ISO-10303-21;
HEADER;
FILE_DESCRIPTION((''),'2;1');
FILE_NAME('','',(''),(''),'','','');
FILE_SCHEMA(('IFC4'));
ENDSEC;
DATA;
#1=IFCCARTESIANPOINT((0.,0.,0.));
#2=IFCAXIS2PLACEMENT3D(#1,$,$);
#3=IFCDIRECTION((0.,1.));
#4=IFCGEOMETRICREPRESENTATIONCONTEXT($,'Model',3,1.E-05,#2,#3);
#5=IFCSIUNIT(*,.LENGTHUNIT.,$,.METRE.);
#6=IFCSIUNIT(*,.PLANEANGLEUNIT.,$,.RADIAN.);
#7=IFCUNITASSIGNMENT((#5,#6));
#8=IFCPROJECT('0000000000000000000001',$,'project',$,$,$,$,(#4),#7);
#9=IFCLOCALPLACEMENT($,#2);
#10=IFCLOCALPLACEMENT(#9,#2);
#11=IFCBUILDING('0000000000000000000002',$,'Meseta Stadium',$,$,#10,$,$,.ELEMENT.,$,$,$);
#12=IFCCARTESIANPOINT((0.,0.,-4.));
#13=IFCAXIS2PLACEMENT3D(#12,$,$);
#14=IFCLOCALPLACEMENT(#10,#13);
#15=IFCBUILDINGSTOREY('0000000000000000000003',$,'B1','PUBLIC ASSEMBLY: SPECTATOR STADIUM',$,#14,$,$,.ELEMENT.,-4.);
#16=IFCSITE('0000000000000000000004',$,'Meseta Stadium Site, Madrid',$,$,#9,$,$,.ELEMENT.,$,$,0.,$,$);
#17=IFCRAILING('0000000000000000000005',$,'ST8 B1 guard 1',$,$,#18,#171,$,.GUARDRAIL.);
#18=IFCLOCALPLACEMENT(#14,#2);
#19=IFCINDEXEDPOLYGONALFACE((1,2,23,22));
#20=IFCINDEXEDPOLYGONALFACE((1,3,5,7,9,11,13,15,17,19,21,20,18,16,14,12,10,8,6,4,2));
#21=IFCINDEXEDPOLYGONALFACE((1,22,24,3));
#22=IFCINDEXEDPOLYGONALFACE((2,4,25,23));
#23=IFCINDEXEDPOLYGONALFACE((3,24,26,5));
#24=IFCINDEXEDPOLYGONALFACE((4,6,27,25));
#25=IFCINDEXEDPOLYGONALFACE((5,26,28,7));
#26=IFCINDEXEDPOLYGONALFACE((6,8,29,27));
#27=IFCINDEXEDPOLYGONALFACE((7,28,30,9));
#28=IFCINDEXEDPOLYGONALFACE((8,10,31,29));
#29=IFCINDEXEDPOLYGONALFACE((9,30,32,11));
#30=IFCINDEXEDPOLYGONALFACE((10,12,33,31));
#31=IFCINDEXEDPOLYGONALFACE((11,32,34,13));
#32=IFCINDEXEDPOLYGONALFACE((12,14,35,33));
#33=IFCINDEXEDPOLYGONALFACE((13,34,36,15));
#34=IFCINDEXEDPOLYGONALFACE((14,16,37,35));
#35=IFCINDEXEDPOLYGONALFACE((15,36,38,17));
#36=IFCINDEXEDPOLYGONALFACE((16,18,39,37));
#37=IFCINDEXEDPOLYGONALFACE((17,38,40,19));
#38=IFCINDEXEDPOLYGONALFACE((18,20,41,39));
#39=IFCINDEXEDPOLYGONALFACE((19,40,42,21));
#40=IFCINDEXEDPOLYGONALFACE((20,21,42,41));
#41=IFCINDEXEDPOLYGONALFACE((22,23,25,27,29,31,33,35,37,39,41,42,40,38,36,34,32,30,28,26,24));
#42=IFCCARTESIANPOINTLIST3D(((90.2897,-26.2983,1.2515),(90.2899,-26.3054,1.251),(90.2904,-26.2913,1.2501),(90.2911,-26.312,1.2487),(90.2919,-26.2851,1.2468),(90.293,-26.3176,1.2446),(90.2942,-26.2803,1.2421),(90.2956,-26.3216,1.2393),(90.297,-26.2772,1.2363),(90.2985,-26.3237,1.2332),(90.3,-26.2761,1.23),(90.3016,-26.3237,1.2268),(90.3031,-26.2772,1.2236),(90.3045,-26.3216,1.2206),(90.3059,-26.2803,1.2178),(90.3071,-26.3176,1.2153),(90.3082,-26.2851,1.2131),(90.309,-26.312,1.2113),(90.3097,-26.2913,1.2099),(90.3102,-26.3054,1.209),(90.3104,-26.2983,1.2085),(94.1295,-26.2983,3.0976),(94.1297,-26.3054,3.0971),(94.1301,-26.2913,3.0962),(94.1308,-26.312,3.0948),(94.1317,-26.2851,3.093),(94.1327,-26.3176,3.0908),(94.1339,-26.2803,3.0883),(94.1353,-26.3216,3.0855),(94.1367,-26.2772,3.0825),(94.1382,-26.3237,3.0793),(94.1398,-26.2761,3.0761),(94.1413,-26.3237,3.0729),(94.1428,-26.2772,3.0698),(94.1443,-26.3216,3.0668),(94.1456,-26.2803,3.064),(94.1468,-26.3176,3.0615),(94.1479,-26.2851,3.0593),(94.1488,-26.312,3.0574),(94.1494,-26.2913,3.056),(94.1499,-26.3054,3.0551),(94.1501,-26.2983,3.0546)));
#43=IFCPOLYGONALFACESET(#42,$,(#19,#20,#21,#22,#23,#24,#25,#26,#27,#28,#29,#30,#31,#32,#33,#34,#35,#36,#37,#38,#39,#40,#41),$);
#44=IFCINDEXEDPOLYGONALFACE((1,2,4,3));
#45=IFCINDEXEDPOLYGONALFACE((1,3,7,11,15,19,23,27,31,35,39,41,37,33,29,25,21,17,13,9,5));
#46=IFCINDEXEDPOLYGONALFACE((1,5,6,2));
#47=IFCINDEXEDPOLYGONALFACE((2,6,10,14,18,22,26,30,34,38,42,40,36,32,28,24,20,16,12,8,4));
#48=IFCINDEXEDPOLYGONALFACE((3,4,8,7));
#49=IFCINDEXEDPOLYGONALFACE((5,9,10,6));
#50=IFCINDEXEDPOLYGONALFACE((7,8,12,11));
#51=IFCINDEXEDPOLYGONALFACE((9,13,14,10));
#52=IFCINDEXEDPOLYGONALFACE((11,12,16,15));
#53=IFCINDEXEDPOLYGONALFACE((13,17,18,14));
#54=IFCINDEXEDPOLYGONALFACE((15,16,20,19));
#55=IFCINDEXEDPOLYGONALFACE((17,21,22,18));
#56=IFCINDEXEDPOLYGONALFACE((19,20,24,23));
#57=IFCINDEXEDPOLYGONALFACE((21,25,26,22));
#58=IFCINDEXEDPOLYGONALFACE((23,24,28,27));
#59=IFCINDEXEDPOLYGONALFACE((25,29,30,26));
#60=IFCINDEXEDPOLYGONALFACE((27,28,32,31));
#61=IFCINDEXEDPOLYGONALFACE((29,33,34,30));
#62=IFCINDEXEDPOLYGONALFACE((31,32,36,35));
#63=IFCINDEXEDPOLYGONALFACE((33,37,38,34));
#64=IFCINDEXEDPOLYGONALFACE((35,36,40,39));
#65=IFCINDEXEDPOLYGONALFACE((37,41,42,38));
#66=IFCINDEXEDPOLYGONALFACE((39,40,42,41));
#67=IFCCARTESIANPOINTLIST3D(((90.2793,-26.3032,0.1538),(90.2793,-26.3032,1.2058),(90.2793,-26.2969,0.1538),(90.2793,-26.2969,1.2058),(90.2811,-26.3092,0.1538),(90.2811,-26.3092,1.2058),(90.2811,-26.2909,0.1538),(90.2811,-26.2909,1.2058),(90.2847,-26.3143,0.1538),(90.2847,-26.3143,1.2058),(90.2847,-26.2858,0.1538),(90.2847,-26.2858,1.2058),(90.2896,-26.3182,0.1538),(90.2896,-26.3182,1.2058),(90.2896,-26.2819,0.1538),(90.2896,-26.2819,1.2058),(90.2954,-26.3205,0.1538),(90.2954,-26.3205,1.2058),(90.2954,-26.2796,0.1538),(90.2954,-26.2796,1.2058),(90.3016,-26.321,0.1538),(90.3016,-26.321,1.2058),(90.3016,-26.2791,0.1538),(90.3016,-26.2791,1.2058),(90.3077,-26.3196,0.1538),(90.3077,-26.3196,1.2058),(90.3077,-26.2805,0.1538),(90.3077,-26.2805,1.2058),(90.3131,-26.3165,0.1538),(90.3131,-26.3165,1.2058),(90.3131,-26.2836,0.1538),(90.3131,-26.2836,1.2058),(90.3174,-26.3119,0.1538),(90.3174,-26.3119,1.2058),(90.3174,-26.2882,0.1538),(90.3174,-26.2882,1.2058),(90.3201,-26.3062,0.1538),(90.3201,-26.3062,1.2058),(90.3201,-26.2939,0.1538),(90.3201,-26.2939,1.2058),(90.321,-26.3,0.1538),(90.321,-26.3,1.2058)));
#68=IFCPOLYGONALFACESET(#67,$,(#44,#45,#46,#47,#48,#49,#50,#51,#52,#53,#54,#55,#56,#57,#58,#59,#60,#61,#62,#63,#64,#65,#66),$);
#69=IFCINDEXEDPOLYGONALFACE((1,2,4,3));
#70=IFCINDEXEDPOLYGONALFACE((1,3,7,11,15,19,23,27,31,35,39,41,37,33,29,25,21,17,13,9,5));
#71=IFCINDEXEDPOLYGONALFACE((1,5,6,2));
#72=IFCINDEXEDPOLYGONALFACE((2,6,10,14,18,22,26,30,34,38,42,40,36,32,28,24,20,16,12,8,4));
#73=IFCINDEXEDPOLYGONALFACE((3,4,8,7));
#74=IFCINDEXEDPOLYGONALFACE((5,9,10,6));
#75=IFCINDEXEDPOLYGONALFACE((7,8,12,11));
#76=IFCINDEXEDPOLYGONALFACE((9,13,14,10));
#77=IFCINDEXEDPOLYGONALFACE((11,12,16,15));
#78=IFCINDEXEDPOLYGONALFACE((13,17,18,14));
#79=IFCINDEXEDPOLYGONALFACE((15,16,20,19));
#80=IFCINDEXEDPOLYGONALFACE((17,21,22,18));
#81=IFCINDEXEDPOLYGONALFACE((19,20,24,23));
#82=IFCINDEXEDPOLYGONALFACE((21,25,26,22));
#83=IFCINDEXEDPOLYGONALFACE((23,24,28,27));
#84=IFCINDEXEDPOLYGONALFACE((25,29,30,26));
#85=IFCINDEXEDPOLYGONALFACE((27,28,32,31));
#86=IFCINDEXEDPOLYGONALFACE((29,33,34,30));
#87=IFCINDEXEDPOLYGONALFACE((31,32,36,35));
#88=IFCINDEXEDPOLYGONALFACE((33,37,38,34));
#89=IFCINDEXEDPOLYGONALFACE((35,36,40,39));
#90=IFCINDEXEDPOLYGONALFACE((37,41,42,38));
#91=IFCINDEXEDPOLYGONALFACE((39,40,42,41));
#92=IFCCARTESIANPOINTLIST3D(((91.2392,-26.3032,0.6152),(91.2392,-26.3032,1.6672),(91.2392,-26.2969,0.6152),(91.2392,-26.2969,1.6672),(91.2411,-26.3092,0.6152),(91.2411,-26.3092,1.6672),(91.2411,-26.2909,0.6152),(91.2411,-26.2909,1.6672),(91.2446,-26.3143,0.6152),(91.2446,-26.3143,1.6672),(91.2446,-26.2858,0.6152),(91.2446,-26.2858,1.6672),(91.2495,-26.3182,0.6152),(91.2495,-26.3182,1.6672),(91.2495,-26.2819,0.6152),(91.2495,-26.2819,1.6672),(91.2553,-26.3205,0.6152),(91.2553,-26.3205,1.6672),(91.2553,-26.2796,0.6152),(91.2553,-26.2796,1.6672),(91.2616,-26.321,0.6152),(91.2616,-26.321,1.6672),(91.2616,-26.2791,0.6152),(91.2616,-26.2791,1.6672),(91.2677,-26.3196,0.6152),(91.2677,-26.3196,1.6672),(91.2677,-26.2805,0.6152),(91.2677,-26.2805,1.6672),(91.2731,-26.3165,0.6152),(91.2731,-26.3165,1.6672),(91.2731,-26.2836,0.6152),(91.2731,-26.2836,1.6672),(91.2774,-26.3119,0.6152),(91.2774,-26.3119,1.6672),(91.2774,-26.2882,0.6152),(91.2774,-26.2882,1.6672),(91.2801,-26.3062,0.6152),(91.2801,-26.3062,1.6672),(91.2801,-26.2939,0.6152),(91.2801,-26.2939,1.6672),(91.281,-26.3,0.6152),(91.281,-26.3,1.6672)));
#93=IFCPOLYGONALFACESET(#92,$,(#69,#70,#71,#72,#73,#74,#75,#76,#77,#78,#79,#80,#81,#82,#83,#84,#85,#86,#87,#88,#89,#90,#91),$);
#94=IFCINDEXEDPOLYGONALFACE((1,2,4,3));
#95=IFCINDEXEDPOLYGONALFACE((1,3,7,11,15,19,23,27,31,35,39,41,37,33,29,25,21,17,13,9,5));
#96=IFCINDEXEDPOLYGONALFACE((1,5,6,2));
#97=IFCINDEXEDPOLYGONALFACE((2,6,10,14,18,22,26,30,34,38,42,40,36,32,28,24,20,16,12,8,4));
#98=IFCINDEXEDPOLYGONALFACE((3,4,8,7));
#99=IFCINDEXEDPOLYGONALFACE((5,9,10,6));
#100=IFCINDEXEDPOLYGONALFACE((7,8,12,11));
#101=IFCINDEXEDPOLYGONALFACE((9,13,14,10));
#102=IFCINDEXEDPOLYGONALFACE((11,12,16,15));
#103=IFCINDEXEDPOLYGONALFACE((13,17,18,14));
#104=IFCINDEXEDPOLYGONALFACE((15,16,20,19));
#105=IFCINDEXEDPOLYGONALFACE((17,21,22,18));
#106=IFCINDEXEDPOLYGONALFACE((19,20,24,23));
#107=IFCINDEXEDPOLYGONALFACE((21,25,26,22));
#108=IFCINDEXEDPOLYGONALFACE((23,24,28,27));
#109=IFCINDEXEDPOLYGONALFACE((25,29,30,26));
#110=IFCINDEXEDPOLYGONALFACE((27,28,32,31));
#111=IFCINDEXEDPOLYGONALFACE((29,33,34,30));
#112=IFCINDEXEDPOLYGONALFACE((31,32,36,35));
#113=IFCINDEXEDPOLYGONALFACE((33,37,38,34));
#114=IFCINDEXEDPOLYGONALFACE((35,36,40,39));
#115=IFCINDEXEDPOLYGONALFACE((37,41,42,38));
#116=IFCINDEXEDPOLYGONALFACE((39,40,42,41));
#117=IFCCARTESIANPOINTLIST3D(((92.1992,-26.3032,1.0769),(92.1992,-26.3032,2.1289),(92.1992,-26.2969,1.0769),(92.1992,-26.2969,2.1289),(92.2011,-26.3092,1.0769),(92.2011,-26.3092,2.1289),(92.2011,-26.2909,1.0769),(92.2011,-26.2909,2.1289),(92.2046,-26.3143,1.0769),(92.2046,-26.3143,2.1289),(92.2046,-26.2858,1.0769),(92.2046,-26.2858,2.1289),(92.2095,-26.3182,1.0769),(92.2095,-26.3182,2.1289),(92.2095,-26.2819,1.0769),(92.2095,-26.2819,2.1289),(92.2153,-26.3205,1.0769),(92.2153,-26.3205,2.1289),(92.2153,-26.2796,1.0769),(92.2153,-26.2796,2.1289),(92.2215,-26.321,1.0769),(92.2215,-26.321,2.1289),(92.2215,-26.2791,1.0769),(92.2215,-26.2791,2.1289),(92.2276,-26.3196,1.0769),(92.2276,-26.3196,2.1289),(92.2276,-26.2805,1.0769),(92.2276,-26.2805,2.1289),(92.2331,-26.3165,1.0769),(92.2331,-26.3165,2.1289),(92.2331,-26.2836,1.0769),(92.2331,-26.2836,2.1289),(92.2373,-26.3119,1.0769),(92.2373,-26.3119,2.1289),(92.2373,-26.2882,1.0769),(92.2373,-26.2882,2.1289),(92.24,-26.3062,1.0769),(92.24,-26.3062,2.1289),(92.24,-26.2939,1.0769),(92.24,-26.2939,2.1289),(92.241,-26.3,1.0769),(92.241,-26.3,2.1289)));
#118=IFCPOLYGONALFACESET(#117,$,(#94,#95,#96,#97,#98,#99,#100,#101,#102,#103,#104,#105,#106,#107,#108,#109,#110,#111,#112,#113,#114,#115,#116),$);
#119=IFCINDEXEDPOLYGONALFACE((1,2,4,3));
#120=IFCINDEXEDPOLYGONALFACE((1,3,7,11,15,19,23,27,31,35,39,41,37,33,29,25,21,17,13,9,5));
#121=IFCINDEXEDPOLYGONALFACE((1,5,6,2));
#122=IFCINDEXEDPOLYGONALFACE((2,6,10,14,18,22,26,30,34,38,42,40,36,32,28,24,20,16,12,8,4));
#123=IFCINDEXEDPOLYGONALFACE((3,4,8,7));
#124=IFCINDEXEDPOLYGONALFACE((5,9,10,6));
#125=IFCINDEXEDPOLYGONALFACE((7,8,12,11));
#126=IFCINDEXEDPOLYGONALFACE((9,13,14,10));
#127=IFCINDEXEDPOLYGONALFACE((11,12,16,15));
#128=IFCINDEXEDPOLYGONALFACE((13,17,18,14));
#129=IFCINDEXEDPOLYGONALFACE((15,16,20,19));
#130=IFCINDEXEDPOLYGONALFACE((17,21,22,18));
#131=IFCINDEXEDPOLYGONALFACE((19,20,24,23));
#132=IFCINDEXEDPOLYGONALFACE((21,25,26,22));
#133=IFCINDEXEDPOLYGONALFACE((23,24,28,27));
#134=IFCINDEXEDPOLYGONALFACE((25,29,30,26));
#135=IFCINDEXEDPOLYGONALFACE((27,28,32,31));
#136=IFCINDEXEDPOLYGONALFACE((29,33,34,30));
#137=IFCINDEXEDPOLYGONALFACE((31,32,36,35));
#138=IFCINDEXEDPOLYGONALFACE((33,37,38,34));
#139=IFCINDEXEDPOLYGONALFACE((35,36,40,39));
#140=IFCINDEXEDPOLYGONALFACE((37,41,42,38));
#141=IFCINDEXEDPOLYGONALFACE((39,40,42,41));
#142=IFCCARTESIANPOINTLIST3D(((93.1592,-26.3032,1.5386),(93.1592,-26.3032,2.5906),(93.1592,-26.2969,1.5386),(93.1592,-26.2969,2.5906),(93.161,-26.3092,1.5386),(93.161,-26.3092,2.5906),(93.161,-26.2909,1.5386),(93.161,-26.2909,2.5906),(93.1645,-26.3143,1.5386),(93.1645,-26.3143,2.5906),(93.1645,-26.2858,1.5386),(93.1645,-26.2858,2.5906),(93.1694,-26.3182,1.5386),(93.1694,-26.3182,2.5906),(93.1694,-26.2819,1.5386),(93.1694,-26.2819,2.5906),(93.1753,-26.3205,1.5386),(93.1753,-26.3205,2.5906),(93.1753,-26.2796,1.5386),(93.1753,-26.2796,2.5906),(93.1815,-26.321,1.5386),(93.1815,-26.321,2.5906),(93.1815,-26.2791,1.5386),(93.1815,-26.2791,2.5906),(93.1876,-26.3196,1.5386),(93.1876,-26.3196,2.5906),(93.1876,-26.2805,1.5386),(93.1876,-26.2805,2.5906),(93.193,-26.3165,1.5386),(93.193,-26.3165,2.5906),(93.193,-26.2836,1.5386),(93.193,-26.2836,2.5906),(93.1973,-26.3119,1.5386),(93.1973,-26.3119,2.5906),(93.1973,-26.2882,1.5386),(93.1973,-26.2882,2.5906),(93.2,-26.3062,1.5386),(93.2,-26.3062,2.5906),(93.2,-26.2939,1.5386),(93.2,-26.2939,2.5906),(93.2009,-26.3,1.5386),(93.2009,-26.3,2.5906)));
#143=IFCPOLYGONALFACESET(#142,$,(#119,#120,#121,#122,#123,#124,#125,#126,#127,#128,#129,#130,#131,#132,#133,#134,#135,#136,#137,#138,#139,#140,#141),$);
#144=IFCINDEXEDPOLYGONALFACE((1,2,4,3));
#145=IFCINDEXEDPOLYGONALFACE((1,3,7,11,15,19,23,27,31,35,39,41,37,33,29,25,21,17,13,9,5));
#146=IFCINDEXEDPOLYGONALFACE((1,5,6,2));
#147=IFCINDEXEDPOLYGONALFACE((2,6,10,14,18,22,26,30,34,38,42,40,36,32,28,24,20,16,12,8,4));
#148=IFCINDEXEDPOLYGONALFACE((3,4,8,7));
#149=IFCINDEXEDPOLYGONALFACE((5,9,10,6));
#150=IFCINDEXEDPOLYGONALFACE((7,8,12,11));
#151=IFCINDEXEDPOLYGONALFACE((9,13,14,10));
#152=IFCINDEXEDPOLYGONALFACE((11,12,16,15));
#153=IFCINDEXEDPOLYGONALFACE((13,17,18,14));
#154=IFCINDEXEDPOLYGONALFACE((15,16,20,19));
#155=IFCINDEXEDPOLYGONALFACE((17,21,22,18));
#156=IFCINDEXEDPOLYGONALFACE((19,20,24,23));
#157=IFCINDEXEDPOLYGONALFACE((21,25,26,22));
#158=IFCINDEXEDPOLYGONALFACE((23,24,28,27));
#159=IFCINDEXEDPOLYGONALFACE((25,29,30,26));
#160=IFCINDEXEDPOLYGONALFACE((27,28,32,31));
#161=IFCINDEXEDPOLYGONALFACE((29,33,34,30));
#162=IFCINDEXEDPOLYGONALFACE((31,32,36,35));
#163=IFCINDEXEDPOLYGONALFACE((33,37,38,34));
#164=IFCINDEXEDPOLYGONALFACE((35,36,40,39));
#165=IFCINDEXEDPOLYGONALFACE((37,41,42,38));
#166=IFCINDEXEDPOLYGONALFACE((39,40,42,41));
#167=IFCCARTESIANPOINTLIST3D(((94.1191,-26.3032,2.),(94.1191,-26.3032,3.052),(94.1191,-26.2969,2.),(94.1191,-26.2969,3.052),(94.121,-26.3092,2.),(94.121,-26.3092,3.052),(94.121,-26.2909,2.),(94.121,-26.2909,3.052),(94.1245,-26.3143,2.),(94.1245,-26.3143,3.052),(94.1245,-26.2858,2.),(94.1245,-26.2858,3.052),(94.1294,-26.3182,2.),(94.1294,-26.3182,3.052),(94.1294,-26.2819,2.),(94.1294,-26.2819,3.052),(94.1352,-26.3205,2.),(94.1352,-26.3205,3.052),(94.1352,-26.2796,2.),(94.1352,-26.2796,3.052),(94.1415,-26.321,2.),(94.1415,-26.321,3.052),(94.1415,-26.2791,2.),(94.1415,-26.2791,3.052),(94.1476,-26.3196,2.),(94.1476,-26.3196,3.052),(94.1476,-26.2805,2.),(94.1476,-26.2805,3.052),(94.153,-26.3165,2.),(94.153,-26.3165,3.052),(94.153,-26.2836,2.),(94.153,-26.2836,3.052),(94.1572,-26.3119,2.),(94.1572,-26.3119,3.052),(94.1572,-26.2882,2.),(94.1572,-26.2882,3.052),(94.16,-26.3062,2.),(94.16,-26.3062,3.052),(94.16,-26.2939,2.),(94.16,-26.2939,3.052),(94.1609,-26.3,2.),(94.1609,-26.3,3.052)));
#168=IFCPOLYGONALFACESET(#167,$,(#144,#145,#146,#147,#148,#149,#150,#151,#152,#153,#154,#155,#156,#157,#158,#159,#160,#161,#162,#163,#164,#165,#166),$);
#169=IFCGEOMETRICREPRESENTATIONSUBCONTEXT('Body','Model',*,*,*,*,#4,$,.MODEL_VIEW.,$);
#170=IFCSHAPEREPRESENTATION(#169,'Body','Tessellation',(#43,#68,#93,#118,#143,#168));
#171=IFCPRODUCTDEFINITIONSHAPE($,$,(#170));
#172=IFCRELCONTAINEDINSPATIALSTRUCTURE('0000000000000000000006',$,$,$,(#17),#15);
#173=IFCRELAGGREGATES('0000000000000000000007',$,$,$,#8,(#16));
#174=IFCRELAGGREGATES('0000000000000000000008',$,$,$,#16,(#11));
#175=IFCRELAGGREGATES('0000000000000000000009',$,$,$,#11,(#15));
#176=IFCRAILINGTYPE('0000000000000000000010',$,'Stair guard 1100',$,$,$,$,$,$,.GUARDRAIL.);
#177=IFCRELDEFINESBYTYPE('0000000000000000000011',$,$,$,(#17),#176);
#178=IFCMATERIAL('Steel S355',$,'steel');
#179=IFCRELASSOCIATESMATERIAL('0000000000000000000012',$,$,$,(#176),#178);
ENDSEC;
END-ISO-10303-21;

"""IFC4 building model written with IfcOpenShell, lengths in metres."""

from ifc_helpers import new_model, si_unit, direction, frame, origin, origin_2d, place, context, subcontext, project, spatial, circle, extrude, material, type_object, element, save


model = new_model("IFC4")

# Units and contexts
model_context = context("Model", 3, precision=1e-05, world=origin(), true_north=direction((0.0, 1.0)))
body_context = subcontext(model_context, "Body", "Model", "MODEL_VIEW")
ifc_project = project(units=[si_unit("LENGTHUNIT", "METRE"), si_unit("PLANEANGLEUNIT", "RADIAN")], contexts=[model_context])

# Site, building, storey
site_placement = place(None, origin())
site = spatial("IfcSite", under=ifc_project, at=site_placement, Name="Meseta Stadium Site, Madrid", CompositionType="ELEMENT", RefElevation=0.0)
building_placement = place(site_placement, origin())
building = spatial("IfcBuilding", under=site, at=building_placement, Name="Meseta Stadium", CompositionType="ELEMENT")
storey_placement = place(building_placement, frame((0.0, 0.0, -4.0)))
storey = spatial("IfcBuildingStorey", under=building, at=storey_placement, Name="B1", Description="PUBLIC ASSEMBLY: SPECTATOR STADIUM", CompositionType="ELEMENT", Elevation=-4.0)

# Railing
ifc_material_1 = material(Name="Steel S355", Category="steel")
railing_type_1 = type_object("IfcRailingType", Name="Stair guard 1100", PredefinedType="GUARDRAIL", material=ifc_material_1)
railing_1_placement = place(storey_placement, frame((90.3, -26.3, 0.1538)))
element("IfcRailing", 1, at=railing_1_placement, inside=storey, type_object=railing_type_1, Name="ST8 B1 guard 1", PredefinedType="GUARDRAIL", context=body_context, shape_type="SweptSolid", body=[
    extrude(circle(Radius=0.0239, at=origin_2d()), frame((0.0, 0.0, 1.0762), z_axis=(0.901242, 0.0, 0.433316), x_axis=(0.0, 1.0, 0.0)), (0.0, 0.0, 1.0), 4.2605),
    extrude(circle(Radius=0.021, at=origin_2d()), origin(), (0.0, 0.0, 1.0), 1.052),
    extrude(circle(Radius=0.021, at=origin_2d()), frame((0.96, 0.0, 0.4614)), (0.0, 0.0, 1.0), 1.052),
    extrude(circle(Radius=0.021, at=origin_2d()), frame((1.9199, 0.0, 0.9231)), (0.0, 0.0, 1.0), 1.052),
    extrude(circle(Radius=0.021, at=origin_2d()), frame((2.8799, 0.0, 1.3848)), (0.0, 0.0, 1.0), 1.052),
    extrude(circle(Radius=0.021, at=origin_2d()), frame((3.8398, 0.0, 1.8462)), (0.0, 0.0, 1.0), 1.052),
])

save(model, "model.ifc")
